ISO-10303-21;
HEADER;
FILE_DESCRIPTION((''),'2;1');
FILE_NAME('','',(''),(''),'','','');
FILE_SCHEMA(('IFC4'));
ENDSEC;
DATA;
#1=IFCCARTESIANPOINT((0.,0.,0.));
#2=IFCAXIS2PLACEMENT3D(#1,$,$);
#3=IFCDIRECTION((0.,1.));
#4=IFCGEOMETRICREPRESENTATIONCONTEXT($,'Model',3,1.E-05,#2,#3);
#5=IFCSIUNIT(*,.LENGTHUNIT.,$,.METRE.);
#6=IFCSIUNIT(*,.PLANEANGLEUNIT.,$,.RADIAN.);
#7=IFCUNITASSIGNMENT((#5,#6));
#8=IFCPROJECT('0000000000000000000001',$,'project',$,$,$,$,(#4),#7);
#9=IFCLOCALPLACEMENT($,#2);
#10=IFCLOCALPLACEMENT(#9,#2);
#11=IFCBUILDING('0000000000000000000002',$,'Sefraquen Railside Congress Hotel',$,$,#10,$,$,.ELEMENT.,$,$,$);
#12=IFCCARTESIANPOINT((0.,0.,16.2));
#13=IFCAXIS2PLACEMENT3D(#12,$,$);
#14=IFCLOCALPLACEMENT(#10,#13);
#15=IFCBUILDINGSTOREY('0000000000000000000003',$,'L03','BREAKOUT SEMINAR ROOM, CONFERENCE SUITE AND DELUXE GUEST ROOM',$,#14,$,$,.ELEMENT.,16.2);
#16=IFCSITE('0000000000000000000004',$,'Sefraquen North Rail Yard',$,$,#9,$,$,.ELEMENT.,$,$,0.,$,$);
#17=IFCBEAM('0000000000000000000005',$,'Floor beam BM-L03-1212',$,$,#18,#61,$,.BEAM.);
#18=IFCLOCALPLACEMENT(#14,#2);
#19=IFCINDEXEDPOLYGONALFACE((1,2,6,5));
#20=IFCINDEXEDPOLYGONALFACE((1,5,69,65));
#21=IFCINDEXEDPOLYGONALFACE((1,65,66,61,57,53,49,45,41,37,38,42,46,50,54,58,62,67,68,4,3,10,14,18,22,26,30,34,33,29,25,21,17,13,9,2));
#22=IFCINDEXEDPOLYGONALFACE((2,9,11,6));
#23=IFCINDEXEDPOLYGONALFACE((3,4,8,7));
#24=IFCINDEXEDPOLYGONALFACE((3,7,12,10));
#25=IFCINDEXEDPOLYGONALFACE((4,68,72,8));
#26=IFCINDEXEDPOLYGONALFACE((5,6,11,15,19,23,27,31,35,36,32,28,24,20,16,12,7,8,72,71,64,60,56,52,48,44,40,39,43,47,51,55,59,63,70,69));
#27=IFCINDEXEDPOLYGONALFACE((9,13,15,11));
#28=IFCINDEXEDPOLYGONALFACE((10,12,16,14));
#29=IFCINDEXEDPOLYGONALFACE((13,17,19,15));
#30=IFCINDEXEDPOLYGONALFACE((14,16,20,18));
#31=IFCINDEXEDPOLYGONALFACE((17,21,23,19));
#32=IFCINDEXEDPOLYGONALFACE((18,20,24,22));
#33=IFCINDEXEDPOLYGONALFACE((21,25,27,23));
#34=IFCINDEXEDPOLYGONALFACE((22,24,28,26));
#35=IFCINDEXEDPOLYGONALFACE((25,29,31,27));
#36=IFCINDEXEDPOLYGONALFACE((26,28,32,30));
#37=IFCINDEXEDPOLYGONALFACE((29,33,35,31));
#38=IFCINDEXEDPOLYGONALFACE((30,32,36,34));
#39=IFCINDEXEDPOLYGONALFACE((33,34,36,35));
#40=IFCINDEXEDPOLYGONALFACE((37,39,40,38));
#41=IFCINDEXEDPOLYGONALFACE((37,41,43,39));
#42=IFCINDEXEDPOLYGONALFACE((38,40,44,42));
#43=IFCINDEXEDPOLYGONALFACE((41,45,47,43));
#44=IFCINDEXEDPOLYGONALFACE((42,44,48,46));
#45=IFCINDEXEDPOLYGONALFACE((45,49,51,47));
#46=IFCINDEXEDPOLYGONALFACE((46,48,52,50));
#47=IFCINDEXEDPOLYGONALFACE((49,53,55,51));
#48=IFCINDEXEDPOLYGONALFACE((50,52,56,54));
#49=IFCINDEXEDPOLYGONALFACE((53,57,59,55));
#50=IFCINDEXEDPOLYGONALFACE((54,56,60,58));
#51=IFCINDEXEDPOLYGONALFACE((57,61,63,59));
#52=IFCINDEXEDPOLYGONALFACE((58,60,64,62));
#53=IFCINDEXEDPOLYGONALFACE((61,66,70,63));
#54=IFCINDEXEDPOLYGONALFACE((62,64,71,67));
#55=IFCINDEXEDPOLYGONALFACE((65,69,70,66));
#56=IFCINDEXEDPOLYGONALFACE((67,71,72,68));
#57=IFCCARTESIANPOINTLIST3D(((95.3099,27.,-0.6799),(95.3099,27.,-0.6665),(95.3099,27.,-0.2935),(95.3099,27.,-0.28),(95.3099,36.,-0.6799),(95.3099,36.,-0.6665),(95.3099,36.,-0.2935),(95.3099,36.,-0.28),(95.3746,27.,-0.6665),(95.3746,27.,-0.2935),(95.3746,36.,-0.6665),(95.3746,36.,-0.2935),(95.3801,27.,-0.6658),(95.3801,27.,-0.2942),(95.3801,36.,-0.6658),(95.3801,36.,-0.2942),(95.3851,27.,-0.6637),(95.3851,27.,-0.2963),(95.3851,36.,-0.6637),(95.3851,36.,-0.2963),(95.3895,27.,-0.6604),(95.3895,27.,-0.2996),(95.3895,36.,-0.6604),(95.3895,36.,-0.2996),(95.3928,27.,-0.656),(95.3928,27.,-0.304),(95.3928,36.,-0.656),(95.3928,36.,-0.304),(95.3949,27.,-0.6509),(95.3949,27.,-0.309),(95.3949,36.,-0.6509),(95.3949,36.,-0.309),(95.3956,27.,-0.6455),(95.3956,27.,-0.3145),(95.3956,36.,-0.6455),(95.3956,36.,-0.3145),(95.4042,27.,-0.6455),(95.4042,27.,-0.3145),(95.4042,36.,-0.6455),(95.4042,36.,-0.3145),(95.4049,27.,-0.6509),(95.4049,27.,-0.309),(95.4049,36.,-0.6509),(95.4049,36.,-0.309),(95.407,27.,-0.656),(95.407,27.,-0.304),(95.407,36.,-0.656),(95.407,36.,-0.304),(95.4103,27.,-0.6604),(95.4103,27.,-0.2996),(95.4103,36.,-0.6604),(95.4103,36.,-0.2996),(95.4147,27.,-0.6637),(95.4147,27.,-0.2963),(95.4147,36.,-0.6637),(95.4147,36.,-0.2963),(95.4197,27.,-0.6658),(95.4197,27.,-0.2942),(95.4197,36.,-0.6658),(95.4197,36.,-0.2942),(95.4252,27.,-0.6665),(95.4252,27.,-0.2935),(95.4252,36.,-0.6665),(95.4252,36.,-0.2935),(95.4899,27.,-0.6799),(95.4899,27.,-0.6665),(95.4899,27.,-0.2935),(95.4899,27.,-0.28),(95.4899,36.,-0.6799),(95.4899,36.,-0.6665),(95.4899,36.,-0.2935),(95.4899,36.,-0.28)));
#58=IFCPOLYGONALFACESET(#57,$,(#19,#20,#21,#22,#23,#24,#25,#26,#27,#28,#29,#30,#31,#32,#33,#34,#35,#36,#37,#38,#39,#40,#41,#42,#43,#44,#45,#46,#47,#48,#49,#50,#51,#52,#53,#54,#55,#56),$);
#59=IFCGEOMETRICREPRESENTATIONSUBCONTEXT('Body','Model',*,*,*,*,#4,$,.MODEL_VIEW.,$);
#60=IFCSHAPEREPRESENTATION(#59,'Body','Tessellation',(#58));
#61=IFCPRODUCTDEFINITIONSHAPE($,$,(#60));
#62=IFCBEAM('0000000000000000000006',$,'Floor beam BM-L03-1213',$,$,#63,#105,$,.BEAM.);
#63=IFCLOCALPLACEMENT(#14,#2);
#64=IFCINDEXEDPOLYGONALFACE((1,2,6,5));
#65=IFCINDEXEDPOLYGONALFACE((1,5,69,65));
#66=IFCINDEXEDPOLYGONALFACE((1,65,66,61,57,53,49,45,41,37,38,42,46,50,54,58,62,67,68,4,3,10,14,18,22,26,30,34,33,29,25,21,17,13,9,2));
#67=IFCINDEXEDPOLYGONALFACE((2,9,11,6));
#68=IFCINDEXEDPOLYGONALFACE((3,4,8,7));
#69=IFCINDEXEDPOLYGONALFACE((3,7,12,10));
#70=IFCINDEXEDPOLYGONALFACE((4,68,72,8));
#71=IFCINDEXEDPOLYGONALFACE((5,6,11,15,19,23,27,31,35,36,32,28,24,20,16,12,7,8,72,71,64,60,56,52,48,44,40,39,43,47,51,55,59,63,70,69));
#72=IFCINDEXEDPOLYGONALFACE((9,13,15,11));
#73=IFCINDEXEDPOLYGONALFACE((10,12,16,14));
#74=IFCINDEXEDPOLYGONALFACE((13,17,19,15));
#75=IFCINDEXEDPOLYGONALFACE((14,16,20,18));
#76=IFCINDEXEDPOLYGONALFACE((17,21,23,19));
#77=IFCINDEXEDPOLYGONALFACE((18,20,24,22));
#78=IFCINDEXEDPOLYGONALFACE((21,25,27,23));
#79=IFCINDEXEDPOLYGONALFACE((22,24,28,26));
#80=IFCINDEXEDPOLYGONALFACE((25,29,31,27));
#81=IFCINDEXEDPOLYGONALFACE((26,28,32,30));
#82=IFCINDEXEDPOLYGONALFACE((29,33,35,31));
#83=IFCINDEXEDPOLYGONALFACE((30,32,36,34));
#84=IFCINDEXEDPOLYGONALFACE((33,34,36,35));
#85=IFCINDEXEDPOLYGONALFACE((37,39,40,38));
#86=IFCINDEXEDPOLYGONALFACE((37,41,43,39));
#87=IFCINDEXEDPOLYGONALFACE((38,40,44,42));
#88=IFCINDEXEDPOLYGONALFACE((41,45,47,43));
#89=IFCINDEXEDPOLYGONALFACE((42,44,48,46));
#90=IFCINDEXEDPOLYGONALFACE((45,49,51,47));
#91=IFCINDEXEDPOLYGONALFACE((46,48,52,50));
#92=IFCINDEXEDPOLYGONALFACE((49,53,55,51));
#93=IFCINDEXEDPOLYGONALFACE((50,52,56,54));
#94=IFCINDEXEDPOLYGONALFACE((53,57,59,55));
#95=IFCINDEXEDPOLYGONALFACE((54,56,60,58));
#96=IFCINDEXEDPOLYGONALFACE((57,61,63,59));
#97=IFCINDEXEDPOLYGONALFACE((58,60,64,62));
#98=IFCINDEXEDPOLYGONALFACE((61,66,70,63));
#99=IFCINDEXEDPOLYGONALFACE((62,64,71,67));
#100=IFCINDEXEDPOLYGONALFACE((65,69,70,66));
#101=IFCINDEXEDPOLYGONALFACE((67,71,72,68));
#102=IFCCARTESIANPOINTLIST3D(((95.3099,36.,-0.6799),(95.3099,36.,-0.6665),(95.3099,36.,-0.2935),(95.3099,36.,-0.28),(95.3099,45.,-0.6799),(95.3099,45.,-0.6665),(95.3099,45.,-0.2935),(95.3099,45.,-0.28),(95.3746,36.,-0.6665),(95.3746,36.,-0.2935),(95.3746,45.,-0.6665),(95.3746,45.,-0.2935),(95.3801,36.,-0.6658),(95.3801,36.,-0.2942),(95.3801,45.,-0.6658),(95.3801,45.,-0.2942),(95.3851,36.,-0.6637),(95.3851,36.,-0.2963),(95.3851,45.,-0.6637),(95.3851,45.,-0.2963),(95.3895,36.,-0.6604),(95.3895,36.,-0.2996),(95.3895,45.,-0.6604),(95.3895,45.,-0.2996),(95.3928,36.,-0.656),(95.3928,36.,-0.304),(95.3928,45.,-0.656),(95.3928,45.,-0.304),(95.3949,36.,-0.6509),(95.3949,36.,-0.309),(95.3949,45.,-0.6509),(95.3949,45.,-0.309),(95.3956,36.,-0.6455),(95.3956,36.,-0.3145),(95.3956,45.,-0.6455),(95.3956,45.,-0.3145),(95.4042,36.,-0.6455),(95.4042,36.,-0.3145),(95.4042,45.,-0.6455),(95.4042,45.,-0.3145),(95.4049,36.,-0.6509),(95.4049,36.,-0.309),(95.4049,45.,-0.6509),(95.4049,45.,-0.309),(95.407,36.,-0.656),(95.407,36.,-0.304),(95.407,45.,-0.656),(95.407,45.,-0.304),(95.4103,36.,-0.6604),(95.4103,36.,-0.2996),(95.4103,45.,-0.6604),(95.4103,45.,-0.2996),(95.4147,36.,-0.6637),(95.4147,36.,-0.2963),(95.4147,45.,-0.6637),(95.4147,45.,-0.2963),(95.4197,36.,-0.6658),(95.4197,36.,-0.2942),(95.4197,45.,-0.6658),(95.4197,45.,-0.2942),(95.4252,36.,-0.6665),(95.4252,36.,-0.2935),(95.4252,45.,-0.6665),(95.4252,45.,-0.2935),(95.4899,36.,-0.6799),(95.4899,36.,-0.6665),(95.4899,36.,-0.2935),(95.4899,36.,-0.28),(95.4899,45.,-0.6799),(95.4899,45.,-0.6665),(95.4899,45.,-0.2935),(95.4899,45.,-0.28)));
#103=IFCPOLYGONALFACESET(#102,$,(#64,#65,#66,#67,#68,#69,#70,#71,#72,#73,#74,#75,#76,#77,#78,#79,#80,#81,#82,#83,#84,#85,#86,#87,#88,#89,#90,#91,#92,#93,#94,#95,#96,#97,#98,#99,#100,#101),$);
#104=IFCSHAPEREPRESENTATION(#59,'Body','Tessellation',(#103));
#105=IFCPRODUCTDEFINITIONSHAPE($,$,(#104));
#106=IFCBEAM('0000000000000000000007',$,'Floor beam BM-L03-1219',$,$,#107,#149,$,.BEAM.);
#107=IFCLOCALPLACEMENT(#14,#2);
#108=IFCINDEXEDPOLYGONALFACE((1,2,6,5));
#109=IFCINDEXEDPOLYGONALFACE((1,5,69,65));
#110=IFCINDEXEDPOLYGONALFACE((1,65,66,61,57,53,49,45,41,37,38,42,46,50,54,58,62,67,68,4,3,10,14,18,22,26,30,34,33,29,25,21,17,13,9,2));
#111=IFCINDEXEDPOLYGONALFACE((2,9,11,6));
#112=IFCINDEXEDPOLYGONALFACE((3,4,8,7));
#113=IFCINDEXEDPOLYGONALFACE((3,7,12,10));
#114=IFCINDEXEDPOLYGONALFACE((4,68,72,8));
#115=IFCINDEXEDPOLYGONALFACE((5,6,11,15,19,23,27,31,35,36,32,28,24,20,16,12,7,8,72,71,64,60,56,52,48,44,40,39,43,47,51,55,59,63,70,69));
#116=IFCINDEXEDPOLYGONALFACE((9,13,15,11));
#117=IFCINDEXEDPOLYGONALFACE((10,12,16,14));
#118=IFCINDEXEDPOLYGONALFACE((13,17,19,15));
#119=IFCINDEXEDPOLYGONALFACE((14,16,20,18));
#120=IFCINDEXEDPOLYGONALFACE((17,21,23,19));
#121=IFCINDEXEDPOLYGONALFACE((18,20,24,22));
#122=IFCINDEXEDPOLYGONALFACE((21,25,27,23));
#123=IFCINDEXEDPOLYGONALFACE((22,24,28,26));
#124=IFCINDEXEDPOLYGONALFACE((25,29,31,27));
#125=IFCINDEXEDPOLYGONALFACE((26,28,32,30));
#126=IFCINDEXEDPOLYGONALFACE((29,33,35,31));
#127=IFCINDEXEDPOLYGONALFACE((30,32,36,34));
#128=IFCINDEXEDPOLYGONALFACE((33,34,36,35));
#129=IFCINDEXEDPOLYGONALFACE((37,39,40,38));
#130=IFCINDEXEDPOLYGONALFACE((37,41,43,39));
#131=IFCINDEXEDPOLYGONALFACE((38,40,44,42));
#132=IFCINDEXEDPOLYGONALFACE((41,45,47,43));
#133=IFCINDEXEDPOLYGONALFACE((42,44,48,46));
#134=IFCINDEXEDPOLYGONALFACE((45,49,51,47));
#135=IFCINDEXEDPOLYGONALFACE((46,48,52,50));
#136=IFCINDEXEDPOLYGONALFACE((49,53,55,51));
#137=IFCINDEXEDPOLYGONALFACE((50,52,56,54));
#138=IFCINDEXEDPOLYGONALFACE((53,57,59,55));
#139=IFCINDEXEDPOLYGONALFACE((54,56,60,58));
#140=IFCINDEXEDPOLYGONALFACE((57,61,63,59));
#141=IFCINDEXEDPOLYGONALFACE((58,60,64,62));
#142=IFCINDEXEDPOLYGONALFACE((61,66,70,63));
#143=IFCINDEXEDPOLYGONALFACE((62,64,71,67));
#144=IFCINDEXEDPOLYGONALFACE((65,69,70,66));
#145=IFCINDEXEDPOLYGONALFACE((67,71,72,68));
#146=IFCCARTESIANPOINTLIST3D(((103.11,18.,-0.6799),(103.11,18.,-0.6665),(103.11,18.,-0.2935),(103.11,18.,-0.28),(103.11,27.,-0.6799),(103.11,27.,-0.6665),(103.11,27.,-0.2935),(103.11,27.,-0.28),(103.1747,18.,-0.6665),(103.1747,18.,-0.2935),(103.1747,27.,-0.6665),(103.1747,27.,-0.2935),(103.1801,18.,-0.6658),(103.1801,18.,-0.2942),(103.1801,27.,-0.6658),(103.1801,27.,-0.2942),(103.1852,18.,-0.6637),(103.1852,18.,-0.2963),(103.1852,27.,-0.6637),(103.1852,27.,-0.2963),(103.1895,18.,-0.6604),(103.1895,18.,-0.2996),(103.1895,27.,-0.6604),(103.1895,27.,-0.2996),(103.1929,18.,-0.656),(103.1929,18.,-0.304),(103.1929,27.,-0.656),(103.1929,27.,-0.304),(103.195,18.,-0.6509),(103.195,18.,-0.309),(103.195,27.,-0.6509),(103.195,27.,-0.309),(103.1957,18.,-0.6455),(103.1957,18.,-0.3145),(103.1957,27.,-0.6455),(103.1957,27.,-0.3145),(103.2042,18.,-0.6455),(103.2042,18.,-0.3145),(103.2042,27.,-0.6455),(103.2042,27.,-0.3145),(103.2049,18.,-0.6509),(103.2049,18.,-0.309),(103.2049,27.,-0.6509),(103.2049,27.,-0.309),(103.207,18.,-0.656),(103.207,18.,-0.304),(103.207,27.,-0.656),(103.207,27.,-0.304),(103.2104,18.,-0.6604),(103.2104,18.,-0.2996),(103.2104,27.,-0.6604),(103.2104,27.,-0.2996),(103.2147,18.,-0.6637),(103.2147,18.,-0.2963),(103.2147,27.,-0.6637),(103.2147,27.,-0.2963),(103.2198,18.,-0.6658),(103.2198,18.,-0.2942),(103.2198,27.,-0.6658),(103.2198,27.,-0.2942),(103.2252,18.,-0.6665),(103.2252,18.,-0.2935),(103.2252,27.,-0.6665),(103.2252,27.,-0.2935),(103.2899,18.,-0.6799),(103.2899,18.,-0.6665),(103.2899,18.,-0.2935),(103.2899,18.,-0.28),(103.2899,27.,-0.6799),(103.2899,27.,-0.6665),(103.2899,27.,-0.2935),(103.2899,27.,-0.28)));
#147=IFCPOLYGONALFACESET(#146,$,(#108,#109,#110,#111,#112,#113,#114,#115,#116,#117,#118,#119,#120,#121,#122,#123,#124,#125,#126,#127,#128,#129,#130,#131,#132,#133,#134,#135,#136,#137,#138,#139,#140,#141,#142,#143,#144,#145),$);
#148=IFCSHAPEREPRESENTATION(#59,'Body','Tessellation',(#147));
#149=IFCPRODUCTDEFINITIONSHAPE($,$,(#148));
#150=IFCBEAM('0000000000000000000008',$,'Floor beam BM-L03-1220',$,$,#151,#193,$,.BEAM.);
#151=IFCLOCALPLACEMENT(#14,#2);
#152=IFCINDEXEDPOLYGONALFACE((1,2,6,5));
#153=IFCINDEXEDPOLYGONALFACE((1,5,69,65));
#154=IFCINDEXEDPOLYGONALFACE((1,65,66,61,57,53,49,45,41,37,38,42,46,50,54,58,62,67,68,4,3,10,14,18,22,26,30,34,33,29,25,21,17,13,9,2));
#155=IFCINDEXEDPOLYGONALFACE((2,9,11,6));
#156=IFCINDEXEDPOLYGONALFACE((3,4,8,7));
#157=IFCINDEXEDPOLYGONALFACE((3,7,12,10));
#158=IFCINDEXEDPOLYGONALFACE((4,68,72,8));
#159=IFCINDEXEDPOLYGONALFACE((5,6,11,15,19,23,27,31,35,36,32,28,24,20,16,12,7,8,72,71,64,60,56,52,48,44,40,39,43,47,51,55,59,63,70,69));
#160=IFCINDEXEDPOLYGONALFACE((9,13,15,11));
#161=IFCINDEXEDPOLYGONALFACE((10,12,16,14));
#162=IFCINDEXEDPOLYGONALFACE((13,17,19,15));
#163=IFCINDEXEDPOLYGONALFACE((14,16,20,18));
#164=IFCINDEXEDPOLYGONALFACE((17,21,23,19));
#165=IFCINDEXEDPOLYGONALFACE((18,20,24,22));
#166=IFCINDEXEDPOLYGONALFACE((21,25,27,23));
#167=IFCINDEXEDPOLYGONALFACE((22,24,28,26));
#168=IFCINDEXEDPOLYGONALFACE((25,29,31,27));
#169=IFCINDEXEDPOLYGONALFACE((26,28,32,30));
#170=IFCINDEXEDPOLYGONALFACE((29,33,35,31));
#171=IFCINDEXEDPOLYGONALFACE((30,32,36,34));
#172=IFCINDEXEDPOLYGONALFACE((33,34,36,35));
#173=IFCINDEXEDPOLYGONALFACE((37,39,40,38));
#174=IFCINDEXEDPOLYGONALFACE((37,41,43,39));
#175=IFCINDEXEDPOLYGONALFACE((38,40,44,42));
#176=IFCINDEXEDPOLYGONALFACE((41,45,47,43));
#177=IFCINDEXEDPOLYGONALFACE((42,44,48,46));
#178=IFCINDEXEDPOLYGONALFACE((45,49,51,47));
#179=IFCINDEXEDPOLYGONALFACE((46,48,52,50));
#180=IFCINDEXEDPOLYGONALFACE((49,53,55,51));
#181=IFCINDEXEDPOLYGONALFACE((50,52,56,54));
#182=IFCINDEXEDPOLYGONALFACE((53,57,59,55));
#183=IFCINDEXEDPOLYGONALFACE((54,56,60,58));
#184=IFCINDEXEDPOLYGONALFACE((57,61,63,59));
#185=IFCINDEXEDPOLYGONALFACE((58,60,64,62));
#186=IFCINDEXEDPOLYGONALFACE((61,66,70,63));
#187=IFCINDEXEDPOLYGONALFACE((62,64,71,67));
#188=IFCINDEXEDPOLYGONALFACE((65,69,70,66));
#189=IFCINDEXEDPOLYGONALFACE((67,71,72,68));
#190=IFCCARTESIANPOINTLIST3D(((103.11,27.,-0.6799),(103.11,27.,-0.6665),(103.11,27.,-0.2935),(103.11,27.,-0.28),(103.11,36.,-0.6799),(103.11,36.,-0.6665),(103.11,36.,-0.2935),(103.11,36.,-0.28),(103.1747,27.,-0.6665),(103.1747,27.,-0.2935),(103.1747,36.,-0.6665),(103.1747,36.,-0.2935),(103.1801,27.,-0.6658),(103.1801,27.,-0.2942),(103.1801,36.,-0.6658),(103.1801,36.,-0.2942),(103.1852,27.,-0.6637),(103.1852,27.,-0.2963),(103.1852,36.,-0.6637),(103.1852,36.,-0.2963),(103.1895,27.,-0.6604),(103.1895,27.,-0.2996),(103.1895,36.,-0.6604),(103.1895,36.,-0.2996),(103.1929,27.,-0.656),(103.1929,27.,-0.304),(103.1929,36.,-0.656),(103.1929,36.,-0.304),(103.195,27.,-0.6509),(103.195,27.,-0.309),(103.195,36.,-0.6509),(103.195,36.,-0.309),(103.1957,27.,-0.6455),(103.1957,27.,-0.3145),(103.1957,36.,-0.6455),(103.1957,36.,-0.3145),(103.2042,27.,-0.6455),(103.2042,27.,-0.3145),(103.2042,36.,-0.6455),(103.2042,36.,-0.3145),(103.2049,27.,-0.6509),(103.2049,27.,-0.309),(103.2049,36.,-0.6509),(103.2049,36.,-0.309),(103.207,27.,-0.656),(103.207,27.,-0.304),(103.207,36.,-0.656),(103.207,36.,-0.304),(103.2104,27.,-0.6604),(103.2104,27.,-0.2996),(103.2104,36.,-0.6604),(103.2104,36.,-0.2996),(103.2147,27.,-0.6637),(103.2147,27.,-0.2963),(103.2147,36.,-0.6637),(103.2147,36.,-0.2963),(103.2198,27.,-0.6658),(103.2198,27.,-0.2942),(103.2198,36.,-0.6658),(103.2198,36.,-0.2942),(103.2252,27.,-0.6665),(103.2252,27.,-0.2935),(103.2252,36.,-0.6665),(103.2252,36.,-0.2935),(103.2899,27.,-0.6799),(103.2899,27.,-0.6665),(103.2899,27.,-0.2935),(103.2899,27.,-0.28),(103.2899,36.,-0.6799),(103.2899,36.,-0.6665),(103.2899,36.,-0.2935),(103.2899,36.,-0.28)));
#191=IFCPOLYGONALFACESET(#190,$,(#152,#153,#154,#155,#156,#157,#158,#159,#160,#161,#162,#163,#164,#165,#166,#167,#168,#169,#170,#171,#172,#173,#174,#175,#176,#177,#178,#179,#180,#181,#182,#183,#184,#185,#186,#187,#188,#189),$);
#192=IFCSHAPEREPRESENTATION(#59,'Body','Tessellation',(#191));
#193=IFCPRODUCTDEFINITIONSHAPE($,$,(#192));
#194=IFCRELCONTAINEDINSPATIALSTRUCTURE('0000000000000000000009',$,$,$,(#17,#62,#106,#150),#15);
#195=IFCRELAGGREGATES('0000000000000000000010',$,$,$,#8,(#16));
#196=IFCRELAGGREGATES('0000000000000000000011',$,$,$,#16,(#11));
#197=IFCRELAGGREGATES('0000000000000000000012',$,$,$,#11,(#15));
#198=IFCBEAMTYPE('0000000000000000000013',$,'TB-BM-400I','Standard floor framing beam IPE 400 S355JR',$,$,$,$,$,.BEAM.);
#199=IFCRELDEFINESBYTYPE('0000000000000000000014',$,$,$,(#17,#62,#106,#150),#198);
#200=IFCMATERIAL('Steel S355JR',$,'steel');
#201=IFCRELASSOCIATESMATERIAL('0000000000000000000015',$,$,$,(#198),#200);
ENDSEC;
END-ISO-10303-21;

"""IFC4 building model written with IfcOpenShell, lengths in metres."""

from ifc_helpers import new_model, si_unit, direction, frame, origin, origin_2d, place, context, subcontext, project, spatial, i_section, extrude, material, material_profile, profile_set, type_object, element, save


model = new_model("IFC4")

# Units and contexts
model_context = context("Model", 3, precision=1e-05, world=origin(), true_north=direction((0.0, 1.0)))
body_context = subcontext(model_context, "Body", "Model", "MODEL_VIEW")
ifc_project = project(units=[si_unit("LENGTHUNIT", "METRE"), si_unit("PLANEANGLEUNIT", "RADIAN")], contexts=[model_context])

# Site, building, storey
site_placement = place(None, origin())
site = spatial("IfcSite", under=ifc_project, at=site_placement, Name="Sefraquen North Rail Yard", CompositionType="ELEMENT", RefElevation=0.0)
building_placement = place(site_placement, origin())
building = spatial("IfcBuilding", under=site, at=building_placement, Name="Sefraquen Railside Congress Hotel", CompositionType="ELEMENT")
storey_placement = place(building_placement, frame((0.0, 0.0, 16.2)))
storey = spatial("IfcBuildingStorey", under=building, at=storey_placement, Name="L03", Description="BREAKOUT SEMINAR ROOM, CONFERENCE SUITE AND DELUXE GUEST ROOM", CompositionType="ELEMENT", Elevation=16.2)

# Beams
ifc_material_1 = material(Name="Steel S355JR", Category="steel")
ifc_material_profile_1 = material_profile(ifc_material_1, i_section(OverallWidth=0.1799, OverallDepth=0.3999, WebThickness=0.0085, FlangeThickness=0.0134, FilletRadius=0.021, at=origin_2d()), Name="IPE 400")
ifc_profile_set_1 = profile_set([ifc_material_profile_1], Name="Steel S355JR")
beam_type_1 = type_object("IfcBeamType", Name="TB-BM-400I", Description="Standard floor framing beam IPE 400 S355JR", PredefinedType="BEAM", material=ifc_profile_set_1)
for number, where, z_axis, x_axis, name in (
    (1, (95.3999, 27.0, -0.48), (0.0, 1.0, 0.0), (-1.0, 0.0, 0.0), "Floor beam BM-L03-1212"),
    (2, (95.3999, 36.0, -0.48), (0.0, 1.0, 0.0), (-1.0, 0.0, 0.0), "Floor beam BM-L03-1213"),
    (3, (103.2, 18.0, -0.48), (0.0, 1.0, 0.0), (-1.0, 0.0, 0.0), "Floor beam BM-L03-1219"),
    (4, (103.2, 27.0, -0.48), (0.0, 1.0, 0.0), (-1.0, 0.0, 0.0), "Floor beam BM-L03-1220"),
):
    element("IfcBeam", number, at=place(storey_placement, frame(where, z_axis=z_axis, x_axis=x_axis)), inside=storey, type_object=beam_type_1, Name=name, PredefinedType="BEAM", context=body_context, shape_type="SweptSolid", body=[
        extrude(i_section(OverallWidth=0.1799, OverallDepth=0.3999, WebThickness=0.0085, FlangeThickness=0.0134, FilletRadius=0.021, at=origin_2d()), origin(), (0.0, 0.0, 1.0), 9.0),
    ])

save(model, "model.ifc")
